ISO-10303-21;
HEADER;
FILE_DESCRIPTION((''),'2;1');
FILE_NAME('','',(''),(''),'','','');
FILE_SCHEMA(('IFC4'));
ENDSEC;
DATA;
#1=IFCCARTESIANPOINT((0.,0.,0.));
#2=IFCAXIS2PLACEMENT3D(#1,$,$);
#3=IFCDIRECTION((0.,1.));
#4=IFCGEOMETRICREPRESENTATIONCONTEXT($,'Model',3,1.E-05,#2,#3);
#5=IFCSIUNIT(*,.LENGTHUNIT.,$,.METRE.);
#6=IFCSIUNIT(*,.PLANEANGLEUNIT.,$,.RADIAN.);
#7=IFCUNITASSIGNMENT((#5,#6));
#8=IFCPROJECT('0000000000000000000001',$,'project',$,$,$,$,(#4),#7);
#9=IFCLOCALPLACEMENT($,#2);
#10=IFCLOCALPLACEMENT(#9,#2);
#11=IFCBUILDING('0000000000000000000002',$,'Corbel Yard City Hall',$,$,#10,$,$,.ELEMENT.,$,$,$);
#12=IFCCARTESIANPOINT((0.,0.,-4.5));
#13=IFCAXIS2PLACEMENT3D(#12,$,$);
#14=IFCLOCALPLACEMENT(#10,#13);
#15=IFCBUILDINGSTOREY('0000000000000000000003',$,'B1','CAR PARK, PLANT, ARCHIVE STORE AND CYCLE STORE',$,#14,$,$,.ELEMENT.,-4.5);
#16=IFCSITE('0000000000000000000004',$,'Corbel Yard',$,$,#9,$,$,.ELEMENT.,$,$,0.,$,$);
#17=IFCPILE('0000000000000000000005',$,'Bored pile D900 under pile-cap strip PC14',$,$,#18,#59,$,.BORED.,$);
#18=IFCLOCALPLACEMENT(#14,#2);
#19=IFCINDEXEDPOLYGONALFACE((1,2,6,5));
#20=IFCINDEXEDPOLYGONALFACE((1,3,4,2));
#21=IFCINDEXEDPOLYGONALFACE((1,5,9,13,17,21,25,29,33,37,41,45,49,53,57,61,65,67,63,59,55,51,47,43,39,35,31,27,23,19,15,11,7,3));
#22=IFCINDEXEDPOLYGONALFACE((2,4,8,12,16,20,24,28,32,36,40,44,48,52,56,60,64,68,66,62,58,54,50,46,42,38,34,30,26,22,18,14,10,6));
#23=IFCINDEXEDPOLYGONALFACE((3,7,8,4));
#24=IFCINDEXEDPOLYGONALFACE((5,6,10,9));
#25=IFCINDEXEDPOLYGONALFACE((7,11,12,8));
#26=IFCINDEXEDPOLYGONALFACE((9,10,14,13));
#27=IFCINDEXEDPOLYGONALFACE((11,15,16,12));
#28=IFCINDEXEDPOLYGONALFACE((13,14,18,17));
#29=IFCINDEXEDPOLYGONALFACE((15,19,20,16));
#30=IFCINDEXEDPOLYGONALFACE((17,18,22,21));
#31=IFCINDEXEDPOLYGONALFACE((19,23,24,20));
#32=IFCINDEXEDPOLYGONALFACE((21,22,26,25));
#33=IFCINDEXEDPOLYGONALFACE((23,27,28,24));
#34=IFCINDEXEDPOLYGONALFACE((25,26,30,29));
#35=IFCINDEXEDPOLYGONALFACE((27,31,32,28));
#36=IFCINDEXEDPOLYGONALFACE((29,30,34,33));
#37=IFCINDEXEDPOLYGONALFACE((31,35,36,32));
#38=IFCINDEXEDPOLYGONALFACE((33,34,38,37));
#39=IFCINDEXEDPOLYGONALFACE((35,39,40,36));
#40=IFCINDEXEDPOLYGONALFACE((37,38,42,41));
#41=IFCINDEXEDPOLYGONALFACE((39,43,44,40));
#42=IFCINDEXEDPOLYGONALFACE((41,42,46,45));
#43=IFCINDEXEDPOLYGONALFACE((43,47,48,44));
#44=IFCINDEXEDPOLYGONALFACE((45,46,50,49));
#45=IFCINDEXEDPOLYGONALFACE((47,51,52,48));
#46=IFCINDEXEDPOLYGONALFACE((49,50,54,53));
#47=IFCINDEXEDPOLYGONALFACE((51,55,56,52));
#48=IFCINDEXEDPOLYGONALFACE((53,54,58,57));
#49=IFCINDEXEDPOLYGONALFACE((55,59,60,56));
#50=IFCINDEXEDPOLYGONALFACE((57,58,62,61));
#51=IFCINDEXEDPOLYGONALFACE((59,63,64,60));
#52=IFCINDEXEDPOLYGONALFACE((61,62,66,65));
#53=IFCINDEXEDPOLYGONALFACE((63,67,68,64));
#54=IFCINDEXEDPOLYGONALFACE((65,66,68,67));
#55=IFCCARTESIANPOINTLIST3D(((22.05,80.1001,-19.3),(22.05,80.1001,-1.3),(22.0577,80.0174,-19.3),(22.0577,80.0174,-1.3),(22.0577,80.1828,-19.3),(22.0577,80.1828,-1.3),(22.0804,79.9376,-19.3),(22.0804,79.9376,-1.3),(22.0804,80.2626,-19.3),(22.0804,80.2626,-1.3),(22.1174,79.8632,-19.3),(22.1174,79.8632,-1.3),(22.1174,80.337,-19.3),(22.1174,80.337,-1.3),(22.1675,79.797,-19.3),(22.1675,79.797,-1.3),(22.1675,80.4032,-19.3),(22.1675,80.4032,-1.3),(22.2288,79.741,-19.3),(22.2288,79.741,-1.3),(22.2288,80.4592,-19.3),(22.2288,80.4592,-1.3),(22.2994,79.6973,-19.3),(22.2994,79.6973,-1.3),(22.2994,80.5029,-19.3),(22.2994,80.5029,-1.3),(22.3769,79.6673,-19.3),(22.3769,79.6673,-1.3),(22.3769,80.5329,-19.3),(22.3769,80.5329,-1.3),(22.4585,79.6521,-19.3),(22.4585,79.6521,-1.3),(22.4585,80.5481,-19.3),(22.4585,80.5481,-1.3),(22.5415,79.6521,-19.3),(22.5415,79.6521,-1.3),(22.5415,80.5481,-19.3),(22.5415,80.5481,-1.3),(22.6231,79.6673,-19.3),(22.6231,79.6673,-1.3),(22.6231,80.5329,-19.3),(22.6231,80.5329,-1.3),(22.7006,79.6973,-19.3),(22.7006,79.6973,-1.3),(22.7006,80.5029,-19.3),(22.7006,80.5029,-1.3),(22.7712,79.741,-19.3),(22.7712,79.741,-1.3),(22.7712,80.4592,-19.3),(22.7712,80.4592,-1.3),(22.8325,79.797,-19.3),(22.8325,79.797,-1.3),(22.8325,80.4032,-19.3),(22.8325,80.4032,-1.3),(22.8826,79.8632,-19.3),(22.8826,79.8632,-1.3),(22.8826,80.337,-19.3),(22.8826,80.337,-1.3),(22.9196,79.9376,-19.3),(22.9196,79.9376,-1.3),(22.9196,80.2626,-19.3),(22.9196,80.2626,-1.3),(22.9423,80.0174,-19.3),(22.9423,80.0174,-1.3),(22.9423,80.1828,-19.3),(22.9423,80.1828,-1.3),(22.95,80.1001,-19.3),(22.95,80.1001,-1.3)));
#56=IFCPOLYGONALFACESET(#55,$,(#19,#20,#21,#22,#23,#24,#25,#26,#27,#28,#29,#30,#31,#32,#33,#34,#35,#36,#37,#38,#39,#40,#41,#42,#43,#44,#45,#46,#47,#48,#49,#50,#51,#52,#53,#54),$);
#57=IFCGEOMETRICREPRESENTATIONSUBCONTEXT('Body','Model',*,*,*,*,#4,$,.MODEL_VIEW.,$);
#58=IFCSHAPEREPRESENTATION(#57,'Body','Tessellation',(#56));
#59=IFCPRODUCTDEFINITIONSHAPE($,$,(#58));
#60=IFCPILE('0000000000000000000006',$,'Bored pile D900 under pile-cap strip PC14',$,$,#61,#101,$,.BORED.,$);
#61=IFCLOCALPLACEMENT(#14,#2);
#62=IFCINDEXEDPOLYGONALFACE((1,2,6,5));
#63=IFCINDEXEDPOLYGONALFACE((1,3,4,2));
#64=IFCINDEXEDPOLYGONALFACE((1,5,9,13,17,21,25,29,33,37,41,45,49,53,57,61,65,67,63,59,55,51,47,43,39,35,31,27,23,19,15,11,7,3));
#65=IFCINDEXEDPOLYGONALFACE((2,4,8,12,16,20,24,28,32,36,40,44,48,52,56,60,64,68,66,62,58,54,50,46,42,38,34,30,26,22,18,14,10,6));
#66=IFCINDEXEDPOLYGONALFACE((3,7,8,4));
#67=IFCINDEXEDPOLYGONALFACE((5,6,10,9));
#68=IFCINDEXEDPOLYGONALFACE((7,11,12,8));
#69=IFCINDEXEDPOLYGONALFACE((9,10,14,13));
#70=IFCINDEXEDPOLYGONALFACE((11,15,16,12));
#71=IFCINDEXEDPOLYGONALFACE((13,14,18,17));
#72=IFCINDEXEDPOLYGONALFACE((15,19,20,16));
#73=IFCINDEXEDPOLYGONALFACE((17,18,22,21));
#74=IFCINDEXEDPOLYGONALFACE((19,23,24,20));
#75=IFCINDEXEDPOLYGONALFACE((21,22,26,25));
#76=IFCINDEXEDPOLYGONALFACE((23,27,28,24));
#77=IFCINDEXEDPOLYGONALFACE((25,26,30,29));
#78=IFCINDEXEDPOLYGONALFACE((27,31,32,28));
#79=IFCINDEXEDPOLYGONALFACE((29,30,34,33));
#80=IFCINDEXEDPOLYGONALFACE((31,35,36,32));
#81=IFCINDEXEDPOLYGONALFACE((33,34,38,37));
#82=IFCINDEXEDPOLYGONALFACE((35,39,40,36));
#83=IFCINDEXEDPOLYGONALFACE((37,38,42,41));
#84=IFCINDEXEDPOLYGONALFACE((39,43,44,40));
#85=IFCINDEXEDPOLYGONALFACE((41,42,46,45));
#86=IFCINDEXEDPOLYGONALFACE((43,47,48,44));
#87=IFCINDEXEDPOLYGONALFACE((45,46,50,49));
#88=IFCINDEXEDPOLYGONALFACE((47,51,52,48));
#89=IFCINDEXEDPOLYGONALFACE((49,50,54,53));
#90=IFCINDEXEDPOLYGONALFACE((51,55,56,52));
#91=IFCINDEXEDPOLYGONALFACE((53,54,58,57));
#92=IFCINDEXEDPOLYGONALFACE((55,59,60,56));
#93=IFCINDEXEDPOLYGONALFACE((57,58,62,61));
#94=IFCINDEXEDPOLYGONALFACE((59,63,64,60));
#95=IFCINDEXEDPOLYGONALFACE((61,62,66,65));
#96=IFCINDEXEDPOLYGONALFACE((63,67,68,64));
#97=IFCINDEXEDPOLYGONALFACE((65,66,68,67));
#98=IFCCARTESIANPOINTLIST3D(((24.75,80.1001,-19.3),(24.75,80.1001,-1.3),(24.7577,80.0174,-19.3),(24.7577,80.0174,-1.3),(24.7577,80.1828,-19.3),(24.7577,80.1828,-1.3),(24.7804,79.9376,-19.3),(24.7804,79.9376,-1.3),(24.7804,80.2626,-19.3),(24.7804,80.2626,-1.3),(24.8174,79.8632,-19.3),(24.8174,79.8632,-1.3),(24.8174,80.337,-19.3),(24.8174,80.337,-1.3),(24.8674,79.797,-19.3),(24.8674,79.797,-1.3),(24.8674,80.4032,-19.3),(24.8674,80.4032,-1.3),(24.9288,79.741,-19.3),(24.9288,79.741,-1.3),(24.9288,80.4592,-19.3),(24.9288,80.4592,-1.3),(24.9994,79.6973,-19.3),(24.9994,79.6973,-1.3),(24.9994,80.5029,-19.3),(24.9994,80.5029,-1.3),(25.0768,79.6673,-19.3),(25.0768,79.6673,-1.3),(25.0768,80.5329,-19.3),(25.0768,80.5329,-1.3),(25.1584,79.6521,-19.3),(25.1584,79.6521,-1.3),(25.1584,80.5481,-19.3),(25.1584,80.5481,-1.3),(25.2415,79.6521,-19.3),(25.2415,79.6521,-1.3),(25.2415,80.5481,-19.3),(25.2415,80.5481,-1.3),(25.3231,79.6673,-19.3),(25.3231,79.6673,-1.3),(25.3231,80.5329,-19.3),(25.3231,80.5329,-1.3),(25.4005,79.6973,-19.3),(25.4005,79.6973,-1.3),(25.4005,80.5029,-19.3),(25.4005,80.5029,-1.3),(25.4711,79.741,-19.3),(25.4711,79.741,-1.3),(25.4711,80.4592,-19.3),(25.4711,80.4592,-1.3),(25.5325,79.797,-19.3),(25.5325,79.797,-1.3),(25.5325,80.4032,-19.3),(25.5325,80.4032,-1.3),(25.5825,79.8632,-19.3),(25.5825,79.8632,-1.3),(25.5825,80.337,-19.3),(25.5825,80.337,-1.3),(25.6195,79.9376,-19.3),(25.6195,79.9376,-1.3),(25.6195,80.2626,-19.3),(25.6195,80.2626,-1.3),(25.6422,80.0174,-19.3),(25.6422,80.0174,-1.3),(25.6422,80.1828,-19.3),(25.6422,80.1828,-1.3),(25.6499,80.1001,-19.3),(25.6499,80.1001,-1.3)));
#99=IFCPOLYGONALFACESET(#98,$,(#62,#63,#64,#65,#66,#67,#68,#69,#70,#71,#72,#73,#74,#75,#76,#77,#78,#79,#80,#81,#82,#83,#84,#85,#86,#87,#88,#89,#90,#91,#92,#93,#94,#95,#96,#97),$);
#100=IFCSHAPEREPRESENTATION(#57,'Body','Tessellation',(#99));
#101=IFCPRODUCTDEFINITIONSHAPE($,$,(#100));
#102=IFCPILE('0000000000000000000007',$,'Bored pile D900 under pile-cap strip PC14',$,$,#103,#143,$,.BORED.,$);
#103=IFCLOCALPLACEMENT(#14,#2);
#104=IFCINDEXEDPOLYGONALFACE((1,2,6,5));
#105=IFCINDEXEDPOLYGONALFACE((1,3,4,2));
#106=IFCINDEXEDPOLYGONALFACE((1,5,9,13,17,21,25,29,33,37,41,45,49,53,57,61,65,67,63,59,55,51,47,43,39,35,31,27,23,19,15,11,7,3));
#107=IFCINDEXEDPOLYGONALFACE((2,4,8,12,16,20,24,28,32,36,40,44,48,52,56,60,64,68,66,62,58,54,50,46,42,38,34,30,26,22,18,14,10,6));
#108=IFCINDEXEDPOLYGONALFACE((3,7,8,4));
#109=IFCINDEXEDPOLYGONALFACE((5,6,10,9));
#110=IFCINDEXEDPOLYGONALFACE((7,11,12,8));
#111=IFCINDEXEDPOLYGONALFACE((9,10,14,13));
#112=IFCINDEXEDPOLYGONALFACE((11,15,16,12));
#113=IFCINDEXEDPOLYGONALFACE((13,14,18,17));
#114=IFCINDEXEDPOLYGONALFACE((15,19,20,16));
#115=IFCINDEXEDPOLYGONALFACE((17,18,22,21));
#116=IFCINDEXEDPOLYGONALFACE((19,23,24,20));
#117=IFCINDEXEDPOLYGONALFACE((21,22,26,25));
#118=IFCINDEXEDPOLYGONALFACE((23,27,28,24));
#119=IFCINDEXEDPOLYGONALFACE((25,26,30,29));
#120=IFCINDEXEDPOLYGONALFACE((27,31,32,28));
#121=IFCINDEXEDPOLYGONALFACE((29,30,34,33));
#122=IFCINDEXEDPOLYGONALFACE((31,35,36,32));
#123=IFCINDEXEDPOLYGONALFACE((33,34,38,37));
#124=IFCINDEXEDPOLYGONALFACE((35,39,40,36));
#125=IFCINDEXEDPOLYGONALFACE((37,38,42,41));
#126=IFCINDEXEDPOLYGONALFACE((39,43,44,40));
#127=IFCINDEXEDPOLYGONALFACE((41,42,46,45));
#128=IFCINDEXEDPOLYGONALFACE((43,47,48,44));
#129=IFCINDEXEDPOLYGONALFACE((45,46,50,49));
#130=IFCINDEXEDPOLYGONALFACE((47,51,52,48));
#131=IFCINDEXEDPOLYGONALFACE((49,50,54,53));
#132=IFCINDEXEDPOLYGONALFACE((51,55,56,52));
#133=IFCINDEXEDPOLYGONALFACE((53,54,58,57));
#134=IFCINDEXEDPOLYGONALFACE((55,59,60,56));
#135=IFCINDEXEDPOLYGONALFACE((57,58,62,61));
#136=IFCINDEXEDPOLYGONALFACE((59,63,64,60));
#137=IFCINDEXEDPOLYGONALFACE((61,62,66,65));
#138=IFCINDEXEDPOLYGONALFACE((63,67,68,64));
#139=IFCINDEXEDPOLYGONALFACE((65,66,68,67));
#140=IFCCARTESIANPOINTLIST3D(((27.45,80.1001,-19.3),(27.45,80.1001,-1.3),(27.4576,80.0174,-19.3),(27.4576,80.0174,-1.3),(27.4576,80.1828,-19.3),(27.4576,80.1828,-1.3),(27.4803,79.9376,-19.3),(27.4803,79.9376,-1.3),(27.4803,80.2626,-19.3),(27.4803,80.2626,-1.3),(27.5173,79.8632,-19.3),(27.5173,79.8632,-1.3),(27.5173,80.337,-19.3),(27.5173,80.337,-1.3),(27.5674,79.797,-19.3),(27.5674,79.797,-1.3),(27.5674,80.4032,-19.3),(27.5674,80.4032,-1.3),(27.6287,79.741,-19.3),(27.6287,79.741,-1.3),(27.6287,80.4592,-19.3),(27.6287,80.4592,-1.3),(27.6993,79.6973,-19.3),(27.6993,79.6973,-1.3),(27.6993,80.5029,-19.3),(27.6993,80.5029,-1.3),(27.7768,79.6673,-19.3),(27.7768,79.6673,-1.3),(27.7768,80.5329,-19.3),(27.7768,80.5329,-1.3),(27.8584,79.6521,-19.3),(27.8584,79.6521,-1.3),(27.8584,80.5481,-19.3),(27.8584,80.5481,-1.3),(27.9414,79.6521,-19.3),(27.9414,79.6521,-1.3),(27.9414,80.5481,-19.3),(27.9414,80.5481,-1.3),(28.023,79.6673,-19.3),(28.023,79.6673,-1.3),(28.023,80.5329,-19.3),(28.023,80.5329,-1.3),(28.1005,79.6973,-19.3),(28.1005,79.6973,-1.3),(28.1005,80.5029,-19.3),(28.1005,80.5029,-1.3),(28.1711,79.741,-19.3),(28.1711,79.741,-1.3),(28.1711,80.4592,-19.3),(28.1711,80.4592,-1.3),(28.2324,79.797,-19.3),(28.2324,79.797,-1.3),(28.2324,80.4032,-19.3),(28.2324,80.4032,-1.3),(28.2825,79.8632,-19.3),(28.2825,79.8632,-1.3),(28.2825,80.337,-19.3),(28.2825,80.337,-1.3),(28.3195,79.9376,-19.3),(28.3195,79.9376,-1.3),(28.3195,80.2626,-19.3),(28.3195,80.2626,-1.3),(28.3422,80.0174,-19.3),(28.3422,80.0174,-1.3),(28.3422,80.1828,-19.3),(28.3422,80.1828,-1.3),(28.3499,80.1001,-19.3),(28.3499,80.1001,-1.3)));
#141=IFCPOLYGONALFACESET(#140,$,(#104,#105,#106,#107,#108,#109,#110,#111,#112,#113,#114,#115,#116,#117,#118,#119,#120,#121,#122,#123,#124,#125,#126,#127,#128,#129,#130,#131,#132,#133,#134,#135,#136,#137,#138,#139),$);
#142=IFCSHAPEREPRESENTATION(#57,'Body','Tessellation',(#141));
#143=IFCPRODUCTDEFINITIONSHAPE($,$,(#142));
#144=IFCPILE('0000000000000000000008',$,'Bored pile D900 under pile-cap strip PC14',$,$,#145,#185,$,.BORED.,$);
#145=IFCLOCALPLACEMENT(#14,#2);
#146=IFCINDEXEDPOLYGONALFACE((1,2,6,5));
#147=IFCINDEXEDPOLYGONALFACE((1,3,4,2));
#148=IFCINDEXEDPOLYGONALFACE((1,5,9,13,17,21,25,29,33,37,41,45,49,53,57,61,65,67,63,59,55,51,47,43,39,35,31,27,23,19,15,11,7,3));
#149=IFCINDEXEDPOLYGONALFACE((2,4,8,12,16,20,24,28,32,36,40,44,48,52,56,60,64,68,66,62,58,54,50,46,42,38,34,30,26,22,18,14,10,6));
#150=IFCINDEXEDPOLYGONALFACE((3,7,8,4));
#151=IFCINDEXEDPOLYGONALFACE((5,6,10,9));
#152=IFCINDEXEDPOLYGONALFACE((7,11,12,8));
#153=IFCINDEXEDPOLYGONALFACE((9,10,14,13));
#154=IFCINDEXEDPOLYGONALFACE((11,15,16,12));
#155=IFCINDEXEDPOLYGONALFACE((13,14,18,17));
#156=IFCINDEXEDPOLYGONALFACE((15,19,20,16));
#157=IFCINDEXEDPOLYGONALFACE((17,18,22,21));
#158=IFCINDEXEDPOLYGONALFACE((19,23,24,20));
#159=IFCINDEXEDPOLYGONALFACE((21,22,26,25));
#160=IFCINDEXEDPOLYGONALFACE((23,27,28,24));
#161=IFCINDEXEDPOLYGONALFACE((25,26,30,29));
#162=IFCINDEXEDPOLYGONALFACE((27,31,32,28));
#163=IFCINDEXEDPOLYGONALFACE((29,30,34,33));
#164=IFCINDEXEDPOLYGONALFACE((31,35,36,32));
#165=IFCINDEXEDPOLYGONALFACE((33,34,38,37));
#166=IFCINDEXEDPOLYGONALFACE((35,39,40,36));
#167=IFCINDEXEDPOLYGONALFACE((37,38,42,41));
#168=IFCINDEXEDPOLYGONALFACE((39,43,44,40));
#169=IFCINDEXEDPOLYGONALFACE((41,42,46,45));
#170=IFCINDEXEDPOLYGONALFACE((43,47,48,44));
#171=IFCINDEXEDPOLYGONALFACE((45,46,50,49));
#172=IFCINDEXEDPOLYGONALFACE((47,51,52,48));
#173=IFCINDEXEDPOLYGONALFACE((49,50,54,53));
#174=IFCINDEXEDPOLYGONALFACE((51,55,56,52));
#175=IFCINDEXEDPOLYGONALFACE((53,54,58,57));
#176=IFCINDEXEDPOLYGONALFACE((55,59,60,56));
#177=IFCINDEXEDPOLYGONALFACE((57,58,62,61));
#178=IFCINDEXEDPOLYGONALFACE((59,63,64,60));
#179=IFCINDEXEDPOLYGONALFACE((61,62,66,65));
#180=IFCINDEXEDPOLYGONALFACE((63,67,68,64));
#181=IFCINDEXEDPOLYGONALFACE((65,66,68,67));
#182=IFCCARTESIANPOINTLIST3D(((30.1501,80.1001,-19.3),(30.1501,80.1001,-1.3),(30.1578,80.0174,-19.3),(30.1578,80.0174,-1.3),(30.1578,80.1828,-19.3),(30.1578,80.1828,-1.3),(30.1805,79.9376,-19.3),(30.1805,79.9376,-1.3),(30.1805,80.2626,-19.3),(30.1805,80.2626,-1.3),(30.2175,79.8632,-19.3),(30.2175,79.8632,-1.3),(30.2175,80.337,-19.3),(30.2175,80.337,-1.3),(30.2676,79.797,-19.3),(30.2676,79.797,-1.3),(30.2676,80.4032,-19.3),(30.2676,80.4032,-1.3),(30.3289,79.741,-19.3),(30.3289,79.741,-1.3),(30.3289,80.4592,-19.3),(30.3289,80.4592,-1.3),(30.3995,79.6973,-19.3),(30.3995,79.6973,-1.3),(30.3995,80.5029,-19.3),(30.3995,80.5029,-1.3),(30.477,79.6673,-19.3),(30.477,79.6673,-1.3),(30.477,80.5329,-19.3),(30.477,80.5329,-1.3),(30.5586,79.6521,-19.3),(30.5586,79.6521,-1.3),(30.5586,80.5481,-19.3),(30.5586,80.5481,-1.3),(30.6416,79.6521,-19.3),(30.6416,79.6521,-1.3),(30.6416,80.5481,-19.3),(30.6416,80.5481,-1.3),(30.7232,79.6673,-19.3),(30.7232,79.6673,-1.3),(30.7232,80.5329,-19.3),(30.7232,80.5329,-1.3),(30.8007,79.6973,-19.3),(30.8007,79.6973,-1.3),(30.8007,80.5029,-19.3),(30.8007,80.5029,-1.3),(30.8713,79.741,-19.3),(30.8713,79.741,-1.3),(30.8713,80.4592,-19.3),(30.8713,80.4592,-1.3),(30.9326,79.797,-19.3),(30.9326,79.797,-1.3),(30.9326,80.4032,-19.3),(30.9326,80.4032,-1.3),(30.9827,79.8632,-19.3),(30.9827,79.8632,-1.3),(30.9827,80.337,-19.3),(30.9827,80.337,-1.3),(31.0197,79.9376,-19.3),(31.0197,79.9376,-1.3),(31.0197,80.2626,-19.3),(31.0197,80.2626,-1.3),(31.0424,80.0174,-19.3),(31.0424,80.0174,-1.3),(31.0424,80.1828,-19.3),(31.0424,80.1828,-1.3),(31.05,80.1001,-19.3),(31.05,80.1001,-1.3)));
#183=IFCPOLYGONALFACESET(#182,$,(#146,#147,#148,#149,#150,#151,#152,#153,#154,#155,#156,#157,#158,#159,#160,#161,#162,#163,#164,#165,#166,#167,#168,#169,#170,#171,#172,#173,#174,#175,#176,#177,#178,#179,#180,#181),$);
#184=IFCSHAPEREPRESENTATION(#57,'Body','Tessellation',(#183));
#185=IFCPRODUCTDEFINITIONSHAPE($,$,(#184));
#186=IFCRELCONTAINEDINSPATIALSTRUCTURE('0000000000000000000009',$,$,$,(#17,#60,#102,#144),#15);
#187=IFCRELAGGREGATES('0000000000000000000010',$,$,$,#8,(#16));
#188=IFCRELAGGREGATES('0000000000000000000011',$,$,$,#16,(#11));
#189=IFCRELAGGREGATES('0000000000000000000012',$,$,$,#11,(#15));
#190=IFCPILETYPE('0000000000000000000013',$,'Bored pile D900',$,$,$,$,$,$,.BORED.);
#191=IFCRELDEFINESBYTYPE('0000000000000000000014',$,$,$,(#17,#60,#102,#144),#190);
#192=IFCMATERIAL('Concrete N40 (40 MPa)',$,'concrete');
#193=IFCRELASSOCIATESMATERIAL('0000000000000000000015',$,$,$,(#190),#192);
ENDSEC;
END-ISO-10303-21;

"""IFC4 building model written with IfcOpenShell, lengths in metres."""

from ifc_helpers import new_model, si_unit, direction, frame, origin, origin_2d, place, context, subcontext, project, spatial, circle, extrude, material, material_profile, profile_set, type_object, element, save


model = new_model("IFC4")

# Units and contexts
model_context = context("Model", 3, precision=1e-05, world=origin(), true_north=direction((0.0, 1.0)))
body_context = subcontext(model_context, "Body", "Model", "MODEL_VIEW")
ifc_project = project(units=[si_unit("LENGTHUNIT", "METRE"), si_unit("PLANEANGLEUNIT", "RADIAN")], contexts=[model_context])

# Site, building, storey
site_placement = place(None, origin())
site = spatial("IfcSite", under=ifc_project, at=site_placement, Name="Corbel Yard", CompositionType="ELEMENT", RefElevation=0.0)
building_placement = place(site_placement, origin())
building = spatial("IfcBuilding", under=site, at=building_placement, Name="Corbel Yard City Hall", CompositionType="ELEMENT")
storey_placement = place(building_placement, frame((0.0, 0.0, -4.5)))
storey = spatial("IfcBuildingStorey", under=building, at=storey_placement, Name="B1", Description="CAR PARK, PLANT, ARCHIVE STORE AND CYCLE STORE", CompositionType="ELEMENT", Elevation=-4.5)

# Piles
ifc_material = material(Name="Concrete N40 (40 MPa)", Category="concrete")
ifc_material_profile = material_profile(ifc_material, circle(Radius=0.45, at=origin_2d()), Name="D900")
ifc_profile_set = profile_set([ifc_material_profile], Name="Concrete N40 (40 MPa)")
pile_type = type_object("IfcPileType", Name="Bored pile D900", PredefinedType="BORED", material=ifc_profile_set)
for number, where, z_axis, x_axis, name in (
    (1, (22.5, 80.1001, -1.3), (0.0, 0.0, -1.0), (1.0, 0.0, 0.0), "Bored pile D900 under pile-cap strip PC14"),
    (2, (25.2, 80.1001, -1.3), (0.0, 0.0, -1.0), (1.0, 0.0, 0.0), "Bored pile D900 under pile-cap strip PC14"),
    (3, (27.8999, 80.1001, -1.3), (0.0, 0.0, -1.0), (1.0, 0.0, 0.0), "Bored pile D900 under pile-cap strip PC14"),
    (4, (30.6001, 80.1001, -1.3), (0.0, 0.0, -1.0), (1.0, 0.0, 0.0), "Bored pile D900 under pile-cap strip PC14"),
):
    element("IfcPile", number, at=place(storey_placement, frame(where, z_axis=z_axis, x_axis=x_axis)), inside=storey, type_object=pile_type, Name=name, PredefinedType="BORED", context=body_context, shape_type="SweptSolid", body=[
        extrude(circle(Radius=0.45, at=origin_2d()), origin(), (0.0, 0.0, 1.0), 18.0),
    ])

save(model, "model.ifc")
